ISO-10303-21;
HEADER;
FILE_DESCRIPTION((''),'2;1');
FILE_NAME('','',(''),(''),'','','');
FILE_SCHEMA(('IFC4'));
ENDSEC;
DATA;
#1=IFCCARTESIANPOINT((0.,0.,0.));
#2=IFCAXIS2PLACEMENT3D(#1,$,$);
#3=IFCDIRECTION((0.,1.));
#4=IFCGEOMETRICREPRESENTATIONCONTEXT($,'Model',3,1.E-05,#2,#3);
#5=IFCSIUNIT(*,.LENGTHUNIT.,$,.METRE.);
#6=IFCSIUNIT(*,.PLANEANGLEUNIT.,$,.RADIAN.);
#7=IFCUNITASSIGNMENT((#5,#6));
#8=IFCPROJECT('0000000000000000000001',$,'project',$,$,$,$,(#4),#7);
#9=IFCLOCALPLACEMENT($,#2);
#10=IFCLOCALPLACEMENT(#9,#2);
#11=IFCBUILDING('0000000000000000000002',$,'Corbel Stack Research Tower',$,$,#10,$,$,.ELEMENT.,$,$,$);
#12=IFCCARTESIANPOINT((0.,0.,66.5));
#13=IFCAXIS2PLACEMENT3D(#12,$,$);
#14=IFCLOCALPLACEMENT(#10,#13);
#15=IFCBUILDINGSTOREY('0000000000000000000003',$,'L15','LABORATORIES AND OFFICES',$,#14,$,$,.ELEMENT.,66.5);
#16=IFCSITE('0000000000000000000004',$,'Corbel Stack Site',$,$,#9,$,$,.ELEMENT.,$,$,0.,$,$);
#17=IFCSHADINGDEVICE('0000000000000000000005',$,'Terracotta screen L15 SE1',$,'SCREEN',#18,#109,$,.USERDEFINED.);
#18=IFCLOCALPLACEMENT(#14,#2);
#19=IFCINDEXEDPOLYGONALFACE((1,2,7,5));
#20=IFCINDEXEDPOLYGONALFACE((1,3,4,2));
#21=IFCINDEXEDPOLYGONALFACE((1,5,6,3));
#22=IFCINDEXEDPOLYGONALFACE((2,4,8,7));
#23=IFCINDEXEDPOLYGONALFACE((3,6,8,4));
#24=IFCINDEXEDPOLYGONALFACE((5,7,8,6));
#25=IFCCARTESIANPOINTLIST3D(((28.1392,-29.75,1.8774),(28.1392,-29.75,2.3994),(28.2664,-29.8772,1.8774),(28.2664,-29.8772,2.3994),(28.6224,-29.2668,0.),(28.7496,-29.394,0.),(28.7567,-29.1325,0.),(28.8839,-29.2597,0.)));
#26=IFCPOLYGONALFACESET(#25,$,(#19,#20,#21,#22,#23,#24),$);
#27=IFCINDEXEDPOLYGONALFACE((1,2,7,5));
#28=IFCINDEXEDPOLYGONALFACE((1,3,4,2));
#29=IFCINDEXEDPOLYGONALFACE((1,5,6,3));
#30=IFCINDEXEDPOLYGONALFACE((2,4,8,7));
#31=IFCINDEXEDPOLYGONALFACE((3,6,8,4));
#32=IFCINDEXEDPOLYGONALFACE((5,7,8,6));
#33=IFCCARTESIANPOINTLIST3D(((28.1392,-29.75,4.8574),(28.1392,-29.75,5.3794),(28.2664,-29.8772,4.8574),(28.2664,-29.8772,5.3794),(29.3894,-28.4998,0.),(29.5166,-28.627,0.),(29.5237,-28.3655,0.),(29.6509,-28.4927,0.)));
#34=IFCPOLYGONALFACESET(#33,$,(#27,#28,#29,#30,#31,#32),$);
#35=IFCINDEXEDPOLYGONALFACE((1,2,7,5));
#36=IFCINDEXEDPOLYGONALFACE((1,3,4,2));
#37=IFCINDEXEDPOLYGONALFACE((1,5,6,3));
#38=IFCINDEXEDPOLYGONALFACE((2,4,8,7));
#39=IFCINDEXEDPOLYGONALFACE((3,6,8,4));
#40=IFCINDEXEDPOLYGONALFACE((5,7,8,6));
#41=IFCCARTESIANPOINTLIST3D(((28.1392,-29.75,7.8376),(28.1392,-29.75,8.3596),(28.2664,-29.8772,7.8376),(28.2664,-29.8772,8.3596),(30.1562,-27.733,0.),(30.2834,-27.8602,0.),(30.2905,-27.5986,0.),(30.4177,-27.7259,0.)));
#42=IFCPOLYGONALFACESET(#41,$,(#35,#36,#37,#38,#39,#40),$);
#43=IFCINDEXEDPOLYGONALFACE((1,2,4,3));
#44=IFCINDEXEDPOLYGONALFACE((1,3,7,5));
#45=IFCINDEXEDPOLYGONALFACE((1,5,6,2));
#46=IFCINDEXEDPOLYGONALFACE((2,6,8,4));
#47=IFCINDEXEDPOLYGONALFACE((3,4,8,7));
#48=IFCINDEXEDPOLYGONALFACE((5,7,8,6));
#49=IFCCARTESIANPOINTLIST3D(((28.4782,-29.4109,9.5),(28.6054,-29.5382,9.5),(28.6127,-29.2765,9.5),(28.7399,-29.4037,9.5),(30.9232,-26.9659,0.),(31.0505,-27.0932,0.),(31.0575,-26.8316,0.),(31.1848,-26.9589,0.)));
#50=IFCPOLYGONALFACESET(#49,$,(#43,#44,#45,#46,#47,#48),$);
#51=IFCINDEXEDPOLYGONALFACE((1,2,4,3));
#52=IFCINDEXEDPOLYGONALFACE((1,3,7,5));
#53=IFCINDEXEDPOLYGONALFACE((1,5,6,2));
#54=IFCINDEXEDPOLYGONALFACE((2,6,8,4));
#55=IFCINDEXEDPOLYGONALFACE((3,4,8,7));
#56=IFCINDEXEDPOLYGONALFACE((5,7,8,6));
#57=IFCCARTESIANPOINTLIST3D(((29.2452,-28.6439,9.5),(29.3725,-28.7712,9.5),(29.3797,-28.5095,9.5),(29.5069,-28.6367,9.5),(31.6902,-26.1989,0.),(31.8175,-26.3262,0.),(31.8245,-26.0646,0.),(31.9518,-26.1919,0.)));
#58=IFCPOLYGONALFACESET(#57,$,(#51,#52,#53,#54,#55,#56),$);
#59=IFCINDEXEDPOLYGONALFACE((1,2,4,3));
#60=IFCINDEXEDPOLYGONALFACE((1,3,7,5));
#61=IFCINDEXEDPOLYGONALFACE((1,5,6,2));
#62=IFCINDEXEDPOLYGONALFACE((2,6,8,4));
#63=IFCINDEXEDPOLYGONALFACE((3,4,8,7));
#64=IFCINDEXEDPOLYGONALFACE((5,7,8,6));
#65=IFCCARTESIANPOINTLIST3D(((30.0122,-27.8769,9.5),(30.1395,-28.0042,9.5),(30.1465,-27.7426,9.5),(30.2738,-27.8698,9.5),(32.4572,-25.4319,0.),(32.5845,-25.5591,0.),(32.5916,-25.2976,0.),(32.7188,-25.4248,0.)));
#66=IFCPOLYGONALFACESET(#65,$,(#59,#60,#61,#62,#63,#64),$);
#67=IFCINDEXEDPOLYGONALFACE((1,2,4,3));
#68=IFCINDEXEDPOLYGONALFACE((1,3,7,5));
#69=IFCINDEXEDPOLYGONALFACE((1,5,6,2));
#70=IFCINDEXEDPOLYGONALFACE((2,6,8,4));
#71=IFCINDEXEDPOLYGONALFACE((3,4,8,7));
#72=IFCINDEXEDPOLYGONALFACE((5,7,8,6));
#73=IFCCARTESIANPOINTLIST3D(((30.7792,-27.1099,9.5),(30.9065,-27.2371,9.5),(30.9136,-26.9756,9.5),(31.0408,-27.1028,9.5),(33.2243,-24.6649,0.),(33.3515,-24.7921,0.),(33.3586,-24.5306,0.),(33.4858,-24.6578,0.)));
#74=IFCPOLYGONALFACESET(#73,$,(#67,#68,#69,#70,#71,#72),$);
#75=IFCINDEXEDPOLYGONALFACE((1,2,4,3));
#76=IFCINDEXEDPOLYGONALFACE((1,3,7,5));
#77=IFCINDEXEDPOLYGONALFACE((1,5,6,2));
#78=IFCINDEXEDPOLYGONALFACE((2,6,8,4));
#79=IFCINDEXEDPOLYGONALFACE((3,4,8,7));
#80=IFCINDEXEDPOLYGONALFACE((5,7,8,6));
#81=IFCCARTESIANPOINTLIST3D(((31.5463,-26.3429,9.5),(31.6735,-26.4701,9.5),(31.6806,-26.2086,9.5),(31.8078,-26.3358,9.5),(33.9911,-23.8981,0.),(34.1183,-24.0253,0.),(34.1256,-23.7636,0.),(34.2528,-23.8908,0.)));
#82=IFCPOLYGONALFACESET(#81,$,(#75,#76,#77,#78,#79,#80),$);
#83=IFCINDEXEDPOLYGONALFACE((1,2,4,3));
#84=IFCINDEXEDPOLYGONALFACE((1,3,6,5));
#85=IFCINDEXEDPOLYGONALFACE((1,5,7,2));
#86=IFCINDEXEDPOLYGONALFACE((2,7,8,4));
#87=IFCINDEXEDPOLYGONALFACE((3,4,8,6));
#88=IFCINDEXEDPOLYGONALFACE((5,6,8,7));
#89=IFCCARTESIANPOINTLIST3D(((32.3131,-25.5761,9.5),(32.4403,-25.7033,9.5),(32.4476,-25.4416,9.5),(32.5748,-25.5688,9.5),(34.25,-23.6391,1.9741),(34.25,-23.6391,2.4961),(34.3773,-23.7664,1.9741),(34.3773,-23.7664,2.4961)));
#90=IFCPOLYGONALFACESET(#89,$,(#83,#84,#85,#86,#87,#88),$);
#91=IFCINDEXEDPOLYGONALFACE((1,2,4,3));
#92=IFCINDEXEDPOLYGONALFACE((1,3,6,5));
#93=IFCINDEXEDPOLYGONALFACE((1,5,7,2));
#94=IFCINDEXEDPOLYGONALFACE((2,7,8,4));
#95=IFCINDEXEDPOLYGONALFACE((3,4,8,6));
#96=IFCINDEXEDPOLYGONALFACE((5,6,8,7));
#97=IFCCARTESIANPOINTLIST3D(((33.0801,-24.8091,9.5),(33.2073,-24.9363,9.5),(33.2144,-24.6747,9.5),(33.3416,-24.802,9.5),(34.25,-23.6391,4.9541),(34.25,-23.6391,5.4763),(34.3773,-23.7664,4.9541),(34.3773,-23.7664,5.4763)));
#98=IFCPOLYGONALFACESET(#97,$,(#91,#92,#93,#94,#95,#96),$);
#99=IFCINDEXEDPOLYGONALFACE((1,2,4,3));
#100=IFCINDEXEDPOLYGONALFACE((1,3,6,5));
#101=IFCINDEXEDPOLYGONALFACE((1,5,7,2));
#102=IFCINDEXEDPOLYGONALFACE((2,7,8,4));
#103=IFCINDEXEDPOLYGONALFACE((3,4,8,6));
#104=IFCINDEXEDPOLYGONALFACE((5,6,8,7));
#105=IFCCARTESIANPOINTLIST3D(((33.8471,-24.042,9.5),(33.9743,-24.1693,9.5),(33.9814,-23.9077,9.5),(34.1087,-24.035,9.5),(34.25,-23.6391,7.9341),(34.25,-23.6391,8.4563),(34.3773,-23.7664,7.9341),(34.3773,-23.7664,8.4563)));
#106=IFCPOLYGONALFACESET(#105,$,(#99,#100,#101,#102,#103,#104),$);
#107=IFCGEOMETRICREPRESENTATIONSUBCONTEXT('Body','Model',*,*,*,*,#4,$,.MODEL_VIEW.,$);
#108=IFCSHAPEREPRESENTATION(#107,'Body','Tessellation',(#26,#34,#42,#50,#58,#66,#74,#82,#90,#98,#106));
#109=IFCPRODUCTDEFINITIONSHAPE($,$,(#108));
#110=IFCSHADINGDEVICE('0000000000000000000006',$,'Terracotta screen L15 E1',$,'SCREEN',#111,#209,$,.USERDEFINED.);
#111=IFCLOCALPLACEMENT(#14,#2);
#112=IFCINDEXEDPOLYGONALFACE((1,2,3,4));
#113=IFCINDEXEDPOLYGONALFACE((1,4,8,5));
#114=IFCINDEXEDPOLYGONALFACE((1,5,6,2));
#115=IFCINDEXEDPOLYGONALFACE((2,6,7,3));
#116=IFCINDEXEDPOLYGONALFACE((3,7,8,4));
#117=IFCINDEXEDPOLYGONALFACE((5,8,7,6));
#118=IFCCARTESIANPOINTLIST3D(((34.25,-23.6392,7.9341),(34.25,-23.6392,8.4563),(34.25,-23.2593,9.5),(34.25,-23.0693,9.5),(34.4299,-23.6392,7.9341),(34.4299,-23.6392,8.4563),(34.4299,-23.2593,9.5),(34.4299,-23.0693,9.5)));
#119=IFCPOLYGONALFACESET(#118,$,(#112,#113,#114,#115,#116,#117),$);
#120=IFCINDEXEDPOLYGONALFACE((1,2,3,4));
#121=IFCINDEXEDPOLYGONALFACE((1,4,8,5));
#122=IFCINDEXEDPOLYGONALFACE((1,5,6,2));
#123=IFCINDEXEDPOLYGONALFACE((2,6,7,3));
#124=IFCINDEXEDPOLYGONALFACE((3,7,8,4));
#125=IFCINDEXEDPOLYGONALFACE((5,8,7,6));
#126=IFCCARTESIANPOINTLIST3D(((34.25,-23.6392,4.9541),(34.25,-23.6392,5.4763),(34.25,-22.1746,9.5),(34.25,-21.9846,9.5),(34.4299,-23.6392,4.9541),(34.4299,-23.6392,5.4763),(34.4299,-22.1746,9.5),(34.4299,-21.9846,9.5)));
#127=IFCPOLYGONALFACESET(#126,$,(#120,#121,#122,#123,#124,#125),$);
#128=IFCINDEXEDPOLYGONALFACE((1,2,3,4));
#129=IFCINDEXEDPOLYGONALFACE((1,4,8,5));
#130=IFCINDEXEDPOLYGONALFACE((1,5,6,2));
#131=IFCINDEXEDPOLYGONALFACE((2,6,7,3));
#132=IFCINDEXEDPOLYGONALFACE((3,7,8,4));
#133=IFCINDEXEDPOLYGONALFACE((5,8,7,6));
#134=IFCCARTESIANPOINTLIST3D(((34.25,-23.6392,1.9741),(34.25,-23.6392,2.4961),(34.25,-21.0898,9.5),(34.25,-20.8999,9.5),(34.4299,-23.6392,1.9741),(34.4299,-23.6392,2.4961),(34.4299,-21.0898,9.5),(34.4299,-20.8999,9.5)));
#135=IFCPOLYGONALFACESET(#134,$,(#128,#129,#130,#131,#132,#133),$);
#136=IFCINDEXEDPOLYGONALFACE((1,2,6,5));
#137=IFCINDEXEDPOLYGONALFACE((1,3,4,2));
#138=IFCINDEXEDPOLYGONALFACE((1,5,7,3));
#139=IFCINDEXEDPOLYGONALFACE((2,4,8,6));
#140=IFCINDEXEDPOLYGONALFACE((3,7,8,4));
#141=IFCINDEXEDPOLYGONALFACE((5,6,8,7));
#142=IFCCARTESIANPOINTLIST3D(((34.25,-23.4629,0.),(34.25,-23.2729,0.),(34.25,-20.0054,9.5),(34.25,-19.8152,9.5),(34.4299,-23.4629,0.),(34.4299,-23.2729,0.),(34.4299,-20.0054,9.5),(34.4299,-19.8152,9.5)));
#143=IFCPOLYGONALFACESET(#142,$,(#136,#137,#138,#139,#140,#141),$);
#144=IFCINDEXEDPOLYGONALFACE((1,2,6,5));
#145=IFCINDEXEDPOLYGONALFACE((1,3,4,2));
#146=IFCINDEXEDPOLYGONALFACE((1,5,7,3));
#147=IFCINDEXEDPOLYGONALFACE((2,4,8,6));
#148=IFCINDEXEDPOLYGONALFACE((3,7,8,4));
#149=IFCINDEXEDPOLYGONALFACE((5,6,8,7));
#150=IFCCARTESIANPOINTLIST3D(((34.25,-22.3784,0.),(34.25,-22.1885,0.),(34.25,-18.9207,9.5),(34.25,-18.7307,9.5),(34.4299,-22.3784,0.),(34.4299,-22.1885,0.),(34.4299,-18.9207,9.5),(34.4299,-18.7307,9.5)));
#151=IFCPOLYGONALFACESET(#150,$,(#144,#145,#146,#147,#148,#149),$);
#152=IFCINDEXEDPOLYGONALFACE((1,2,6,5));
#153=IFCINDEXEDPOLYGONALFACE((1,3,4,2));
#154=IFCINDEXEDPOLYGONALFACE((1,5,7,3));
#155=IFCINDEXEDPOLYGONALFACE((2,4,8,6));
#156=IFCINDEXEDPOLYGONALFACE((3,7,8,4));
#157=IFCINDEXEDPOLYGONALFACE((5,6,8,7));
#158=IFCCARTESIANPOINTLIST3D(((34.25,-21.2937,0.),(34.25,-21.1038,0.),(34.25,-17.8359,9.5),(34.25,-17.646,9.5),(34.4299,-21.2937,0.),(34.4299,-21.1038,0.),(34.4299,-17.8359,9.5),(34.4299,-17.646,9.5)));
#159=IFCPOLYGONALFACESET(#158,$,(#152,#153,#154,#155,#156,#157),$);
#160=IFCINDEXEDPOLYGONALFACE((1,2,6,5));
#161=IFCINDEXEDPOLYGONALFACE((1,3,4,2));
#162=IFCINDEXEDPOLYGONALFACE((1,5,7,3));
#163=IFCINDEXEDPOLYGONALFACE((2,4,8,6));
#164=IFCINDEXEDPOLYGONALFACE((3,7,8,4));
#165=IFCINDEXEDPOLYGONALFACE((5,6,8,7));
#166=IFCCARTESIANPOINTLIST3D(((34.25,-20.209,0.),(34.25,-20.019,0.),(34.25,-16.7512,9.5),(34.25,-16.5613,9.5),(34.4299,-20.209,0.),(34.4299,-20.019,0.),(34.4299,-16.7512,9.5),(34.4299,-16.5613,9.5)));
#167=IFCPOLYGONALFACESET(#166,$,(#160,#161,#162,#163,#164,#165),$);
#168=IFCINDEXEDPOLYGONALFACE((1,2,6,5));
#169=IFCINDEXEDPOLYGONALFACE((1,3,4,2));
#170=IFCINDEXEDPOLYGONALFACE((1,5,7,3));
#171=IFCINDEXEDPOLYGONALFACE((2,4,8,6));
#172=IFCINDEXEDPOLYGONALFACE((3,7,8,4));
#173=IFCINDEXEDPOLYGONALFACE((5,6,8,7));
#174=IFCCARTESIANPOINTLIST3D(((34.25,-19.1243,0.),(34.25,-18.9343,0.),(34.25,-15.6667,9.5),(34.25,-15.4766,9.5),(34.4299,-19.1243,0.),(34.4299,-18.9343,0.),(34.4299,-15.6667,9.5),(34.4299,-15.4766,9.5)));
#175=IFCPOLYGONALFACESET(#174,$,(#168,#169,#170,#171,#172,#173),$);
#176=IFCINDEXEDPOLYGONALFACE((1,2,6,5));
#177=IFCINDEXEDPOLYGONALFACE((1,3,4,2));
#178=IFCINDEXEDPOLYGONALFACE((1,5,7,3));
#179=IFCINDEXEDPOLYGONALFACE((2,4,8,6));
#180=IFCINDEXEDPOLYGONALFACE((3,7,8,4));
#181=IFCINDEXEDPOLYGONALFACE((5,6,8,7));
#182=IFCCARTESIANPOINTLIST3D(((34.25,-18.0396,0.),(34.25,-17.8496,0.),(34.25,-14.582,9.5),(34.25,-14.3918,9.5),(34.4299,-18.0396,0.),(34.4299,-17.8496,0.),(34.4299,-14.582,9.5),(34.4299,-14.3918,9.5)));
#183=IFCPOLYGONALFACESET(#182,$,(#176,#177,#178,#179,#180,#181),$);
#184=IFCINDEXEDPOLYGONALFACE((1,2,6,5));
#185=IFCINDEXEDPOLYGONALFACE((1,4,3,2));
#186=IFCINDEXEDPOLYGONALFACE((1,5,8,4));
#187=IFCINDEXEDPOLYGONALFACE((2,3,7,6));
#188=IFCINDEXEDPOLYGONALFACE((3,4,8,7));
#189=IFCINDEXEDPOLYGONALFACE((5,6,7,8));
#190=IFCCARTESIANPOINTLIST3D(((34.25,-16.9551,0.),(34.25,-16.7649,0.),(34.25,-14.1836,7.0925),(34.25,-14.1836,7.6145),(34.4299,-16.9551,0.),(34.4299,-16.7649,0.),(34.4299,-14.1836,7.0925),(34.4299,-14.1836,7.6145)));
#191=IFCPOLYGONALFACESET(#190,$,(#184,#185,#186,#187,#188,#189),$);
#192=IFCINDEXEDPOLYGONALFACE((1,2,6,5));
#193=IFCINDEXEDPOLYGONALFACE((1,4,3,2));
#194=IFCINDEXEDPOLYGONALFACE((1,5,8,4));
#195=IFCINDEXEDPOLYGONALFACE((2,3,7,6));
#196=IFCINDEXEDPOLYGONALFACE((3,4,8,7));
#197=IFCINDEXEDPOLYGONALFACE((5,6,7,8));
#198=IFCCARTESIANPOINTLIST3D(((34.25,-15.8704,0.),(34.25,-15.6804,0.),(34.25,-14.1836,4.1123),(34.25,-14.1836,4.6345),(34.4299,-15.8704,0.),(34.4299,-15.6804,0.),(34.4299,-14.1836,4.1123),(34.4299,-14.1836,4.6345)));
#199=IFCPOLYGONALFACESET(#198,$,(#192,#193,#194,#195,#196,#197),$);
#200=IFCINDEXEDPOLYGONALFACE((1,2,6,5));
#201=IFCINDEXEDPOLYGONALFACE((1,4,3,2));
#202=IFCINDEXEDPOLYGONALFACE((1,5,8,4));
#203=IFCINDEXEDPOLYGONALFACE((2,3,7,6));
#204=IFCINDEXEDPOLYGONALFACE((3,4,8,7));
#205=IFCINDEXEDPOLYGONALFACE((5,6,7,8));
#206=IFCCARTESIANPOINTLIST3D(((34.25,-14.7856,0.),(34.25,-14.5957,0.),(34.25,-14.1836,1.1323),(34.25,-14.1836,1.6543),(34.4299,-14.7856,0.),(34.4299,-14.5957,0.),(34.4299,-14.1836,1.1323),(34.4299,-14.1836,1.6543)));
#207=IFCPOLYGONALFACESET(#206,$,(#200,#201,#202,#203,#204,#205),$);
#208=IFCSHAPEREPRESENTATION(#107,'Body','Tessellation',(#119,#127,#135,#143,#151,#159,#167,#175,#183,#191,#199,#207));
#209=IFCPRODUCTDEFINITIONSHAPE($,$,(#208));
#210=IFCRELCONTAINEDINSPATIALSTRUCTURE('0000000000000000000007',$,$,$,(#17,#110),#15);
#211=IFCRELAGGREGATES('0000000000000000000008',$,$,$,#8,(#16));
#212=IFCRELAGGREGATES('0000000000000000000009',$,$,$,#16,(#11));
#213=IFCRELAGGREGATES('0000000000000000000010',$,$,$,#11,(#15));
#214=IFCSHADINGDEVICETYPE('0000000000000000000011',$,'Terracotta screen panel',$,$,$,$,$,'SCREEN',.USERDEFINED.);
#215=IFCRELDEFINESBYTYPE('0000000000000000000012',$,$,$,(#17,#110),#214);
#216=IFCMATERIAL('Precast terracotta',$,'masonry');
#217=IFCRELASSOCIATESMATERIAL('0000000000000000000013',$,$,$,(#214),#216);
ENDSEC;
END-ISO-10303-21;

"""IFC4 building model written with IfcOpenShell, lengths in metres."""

from ifc_helpers import new_model, si_unit, direction, frame, origin, place, context, subcontext, project, spatial, polyline, outline, extrude, source, transform, mapped, material, type_object, element, save


model = new_model("IFC4")

# Units and contexts
model_context = context("Model", 3, precision=1e-05, world=origin(), true_north=direction((0.0, 1.0)))
body_context = subcontext(model_context, "Body", "Model", "MODEL_VIEW")
ifc_project = project(units=[si_unit("LENGTHUNIT", "METRE"), si_unit("PLANEANGLEUNIT", "RADIAN")], contexts=[model_context])

# Site, building, storey
site_placement = place(None, origin())
site = spatial("IfcSite", under=ifc_project, at=site_placement, Name="Corbel Stack Site", CompositionType="ELEMENT", RefElevation=0.0)
building_placement = place(site_placement, origin())
building = spatial("IfcBuilding", under=site, at=building_placement, Name="Corbel Stack Research Tower", CompositionType="ELEMENT")
storey_placement = place(building_placement, frame((0.0, 0.0, 66.5)))
storey = spatial("IfcBuildingStorey", under=building, at=storey_placement, Name="L15", Description="LABORATORIES AND OFFICES", CompositionType="ELEMENT", Elevation=66.5)

# Shading devices
ifc_material_1 = material(Name="Precast terracotta", Category="masonry")
shading_device_type = type_object("IfcShadingDeviceType", Name="Terracotta screen panel", ElementType="SCREEN", PredefinedType="USERDEFINED", material=ifc_material_1)
shared_shape_1 = source(origin(), body_context, "Body", "SweptSolid", [
    extrude(outline(polyline([(0.8733, 0.0), (0.0, 2.3994), (0.0, 1.8774), (0.6833, 0.0), (0.8733, 0.0)])), frame((0.0, 0.0, 0.0), z_axis=(0.0, -1.0, 0.0), x_axis=(1.0, 0.0, 0.0)), (0.0, 0.0, 1.0), 0.1799),
    extrude(outline(polyline([(1.958, 0.0), (0.0, 5.3794), (0.0, 4.8574), (1.7681, 0.0), (1.958, 0.0)])), frame((0.0, 0.0, 0.0), z_axis=(0.0, -1.0, 0.0), x_axis=(1.0, 0.0, 0.0)), (0.0, 0.0, 1.0), 0.1799),
    extrude(outline(polyline([(3.0425, 0.0), (0.0, 8.3596), (0.0, 7.8376), (2.8525, 0.0), (3.0425, 0.0)])), frame((0.0, 0.0, 0.0), z_axis=(0.0, -1.0, 0.0), x_axis=(1.0, 0.0, 0.0)), (0.0, 0.0, 1.0), 0.1799),
    extrude(outline(polyline([(4.1272, 0.0), (0.6697, 9.5), (0.4795, 9.5), (3.9373, 0.0), (4.1272, 0.0)])), frame((0.0, 0.0, 0.0), z_axis=(0.0, -1.0, 0.0), x_axis=(1.0, 0.0, 0.0)), (0.0, 0.0, 1.0), 0.1799),
    extrude(outline(polyline([(5.2119, 0.0), (1.7544, 9.5), (1.5642, 9.5), (5.022, 0.0), (5.2119, 0.0)])), frame((0.0, 0.0, 0.0), z_axis=(0.0, -1.0, 0.0), x_axis=(1.0, 0.0, 0.0)), (0.0, 0.0, 1.0), 0.1799),
    extrude(outline(polyline([(6.2966, 0.0), (2.8389, 9.5), (2.6489, 9.5), (6.1067, 0.0), (6.2966, 0.0)])), frame((0.0, 0.0, 0.0), z_axis=(0.0, -1.0, 0.0), x_axis=(1.0, 0.0, 0.0)), (0.0, 0.0, 1.0), 0.1799),
    extrude(outline(polyline([(7.3813, 0.0), (3.9236, 9.5), (3.7336, 9.5), (7.1914, 0.0), (7.3813, 0.0)])), frame((0.0, 0.0, 0.0), z_axis=(0.0, -1.0, 0.0), x_axis=(1.0, 0.0, 0.0)), (0.0, 0.0, 1.0), 0.1799),
    extrude(outline(polyline([(8.4661, 0.0), (5.0083, 9.5), (4.8184, 9.5), (8.2759, 0.0), (8.4661, 0.0)])), frame((0.0, 0.0, 0.0), z_axis=(0.0, -1.0, 0.0), x_axis=(1.0, 0.0, 0.0)), (0.0, 0.0, 1.0), 0.1799),
    extrude(outline(polyline([(6.093, 9.5), (5.9028, 9.5), (8.6421, 1.9741), (8.6421, 2.4961), (6.093, 9.5)])), frame((0.0, 0.0, 0.0), z_axis=(0.0, -1.0, 0.0), x_axis=(1.0, 0.0, 0.0)), (0.0, 0.0, 1.0), 0.1799),
    extrude(outline(polyline([(7.1775, 9.5), (6.9875, 9.5), (8.6421, 4.9541), (8.6421, 5.4763), (7.1775, 9.5)])), frame((0.0, 0.0, 0.0), z_axis=(0.0, -1.0, 0.0), x_axis=(1.0, 0.0, 0.0)), (0.0, 0.0, 1.0), 0.1799),
    extrude(outline(polyline([(8.2622, 9.5), (8.0723, 9.5), (8.6421, 7.9341), (8.6421, 8.4563), (8.2622, 9.5)])), frame((0.0, 0.0, 0.0), z_axis=(0.0, -1.0, 0.0), x_axis=(1.0, 0.0, 0.0)), (0.0, 0.0, 1.0), 0.1799),
])
shading_device_1_placement = place(storey_placement, frame((28.1392, -29.75, 0.0), z_axis=(0.0, 0.0, 1.0), x_axis=(0.707107, 0.707107, 0.0)))
element("IfcShadingDevice", 1, at=shading_device_1_placement, inside=storey, type_object=shading_device_type, Name="Terracotta screen L15 SE1", ObjectType="SCREEN", PredefinedType="USERDEFINED", context=body_context, shape_type="MappedRepresentation", body=[
    mapped(shared_shape_1, transform((0.0, 0.0, 0.0))),
])
shared_shape_2 = source(origin(), body_context, "Body", "SweptSolid", [
    extrude(outline(polyline([(0.5698, 9.5), (0.3799, 9.5), (0.0, 8.4563), (0.0, 7.9341), (0.5698, 9.5)])), frame((0.0, 0.0, 0.0), z_axis=(0.0, -1.0, 0.0), x_axis=(1.0, 0.0, 0.0)), (0.0, 0.0, 1.0), 0.1799),
    extrude(outline(polyline([(1.6545, 9.5), (1.4646, 9.5), (0.0, 5.4763), (0.0, 4.9541), (1.6545, 9.5)])), frame((0.0, 0.0, 0.0), z_axis=(0.0, -1.0, 0.0), x_axis=(1.0, 0.0, 0.0)), (0.0, 0.0, 1.0), 0.1799),
    extrude(outline(polyline([(2.7393, 9.5), (2.5493, 9.5), (0.0, 2.4961), (0.0, 1.9741), (2.7393, 9.5)])), frame((0.0, 0.0, 0.0), z_axis=(0.0, -1.0, 0.0), x_axis=(1.0, 0.0, 0.0)), (0.0, 0.0, 1.0), 0.1799),
    extrude(outline(polyline([(0.3662, 0.0), (3.824, 9.5), (3.6338, 9.5), (0.1763, 0.0), (0.3662, 0.0)])), frame((0.0, 0.0, 0.0), z_axis=(0.0, -1.0, 0.0), x_axis=(1.0, 0.0, 0.0)), (0.0, 0.0, 1.0), 0.1799),
    extrude(outline(polyline([(1.4507, 0.0), (4.9084, 9.5), (4.7185, 9.5), (1.2607, 0.0), (1.4507, 0.0)])), frame((0.0, 0.0, 0.0), z_axis=(0.0, -1.0, 0.0), x_axis=(1.0, 0.0, 0.0)), (0.0, 0.0, 1.0), 0.1799),
    extrude(outline(polyline([(2.5354, 0.0), (5.9932, 9.5), (5.8032, 9.5), (2.3455, 0.0), (2.5354, 0.0)])), frame((0.0, 0.0, 0.0), z_axis=(0.0, -1.0, 0.0), x_axis=(1.0, 0.0, 0.0)), (0.0, 0.0, 1.0), 0.1799),
    extrude(outline(polyline([(3.6201, 0.0), (7.0779, 9.5), (6.8879, 9.5), (3.4302, 0.0), (3.6201, 0.0)])), frame((0.0, 0.0, 0.0), z_axis=(0.0, -1.0, 0.0), x_axis=(1.0, 0.0, 0.0)), (0.0, 0.0, 1.0), 0.1799),
    extrude(outline(polyline([(4.7048, 0.0), (8.1626, 9.5), (7.9724, 9.5), (4.5149, 0.0), (4.7048, 0.0)])), frame((0.0, 0.0, 0.0), z_axis=(0.0, -1.0, 0.0), x_axis=(1.0, 0.0, 0.0)), (0.0, 0.0, 1.0), 0.1799),
    extrude(outline(polyline([(5.7896, 0.0), (9.2473, 9.5), (9.0571, 9.5), (5.5996, 0.0), (5.7896, 0.0)])), frame((0.0, 0.0, 0.0), z_axis=(0.0, -1.0, 0.0), x_axis=(1.0, 0.0, 0.0)), (0.0, 0.0, 1.0), 0.1799),
    extrude(outline(polyline([(6.8743, 0.0), (9.4556, 7.0925), (9.4556, 7.6145), (6.6841, 0.0), (6.8743, 0.0)])), frame((0.0, 0.0, 0.0), z_axis=(0.0, -1.0, 0.0), x_axis=(1.0, 0.0, 0.0)), (0.0, 0.0, 1.0), 0.1799),
    extrude(outline(polyline([(7.9587, 0.0), (9.4556, 4.1123), (9.4556, 4.6345), (7.7688, 0.0), (7.9587, 0.0)])), frame((0.0, 0.0, 0.0), z_axis=(0.0, -1.0, 0.0), x_axis=(1.0, 0.0, 0.0)), (0.0, 0.0, 1.0), 0.1799),
    extrude(outline(polyline([(9.0435, 0.0), (9.4556, 1.1323), (9.4556, 1.6543), (8.8535, 0.0), (9.0435, 0.0)])), frame((0.0, 0.0, 0.0), z_axis=(0.0, -1.0, 0.0), x_axis=(1.0, 0.0, 0.0)), (0.0, 0.0, 1.0), 0.1799),
])
shading_device_2_placement = place(storey_placement, frame((34.25, -23.6392, 0.0), z_axis=(0.0, 0.0, 1.0), x_axis=(0.0, 1.0, 0.0)))
element("IfcShadingDevice", 2, at=shading_device_2_placement, inside=storey, type_object=shading_device_type, Name="Terracotta screen L15 E1", ObjectType="SCREEN", PredefinedType="USERDEFINED", context=body_context, shape_type="MappedRepresentation", body=[
    mapped(shared_shape_2, transform((0.0, 0.0, 0.0))),
])

save(model, "model.ifc")
